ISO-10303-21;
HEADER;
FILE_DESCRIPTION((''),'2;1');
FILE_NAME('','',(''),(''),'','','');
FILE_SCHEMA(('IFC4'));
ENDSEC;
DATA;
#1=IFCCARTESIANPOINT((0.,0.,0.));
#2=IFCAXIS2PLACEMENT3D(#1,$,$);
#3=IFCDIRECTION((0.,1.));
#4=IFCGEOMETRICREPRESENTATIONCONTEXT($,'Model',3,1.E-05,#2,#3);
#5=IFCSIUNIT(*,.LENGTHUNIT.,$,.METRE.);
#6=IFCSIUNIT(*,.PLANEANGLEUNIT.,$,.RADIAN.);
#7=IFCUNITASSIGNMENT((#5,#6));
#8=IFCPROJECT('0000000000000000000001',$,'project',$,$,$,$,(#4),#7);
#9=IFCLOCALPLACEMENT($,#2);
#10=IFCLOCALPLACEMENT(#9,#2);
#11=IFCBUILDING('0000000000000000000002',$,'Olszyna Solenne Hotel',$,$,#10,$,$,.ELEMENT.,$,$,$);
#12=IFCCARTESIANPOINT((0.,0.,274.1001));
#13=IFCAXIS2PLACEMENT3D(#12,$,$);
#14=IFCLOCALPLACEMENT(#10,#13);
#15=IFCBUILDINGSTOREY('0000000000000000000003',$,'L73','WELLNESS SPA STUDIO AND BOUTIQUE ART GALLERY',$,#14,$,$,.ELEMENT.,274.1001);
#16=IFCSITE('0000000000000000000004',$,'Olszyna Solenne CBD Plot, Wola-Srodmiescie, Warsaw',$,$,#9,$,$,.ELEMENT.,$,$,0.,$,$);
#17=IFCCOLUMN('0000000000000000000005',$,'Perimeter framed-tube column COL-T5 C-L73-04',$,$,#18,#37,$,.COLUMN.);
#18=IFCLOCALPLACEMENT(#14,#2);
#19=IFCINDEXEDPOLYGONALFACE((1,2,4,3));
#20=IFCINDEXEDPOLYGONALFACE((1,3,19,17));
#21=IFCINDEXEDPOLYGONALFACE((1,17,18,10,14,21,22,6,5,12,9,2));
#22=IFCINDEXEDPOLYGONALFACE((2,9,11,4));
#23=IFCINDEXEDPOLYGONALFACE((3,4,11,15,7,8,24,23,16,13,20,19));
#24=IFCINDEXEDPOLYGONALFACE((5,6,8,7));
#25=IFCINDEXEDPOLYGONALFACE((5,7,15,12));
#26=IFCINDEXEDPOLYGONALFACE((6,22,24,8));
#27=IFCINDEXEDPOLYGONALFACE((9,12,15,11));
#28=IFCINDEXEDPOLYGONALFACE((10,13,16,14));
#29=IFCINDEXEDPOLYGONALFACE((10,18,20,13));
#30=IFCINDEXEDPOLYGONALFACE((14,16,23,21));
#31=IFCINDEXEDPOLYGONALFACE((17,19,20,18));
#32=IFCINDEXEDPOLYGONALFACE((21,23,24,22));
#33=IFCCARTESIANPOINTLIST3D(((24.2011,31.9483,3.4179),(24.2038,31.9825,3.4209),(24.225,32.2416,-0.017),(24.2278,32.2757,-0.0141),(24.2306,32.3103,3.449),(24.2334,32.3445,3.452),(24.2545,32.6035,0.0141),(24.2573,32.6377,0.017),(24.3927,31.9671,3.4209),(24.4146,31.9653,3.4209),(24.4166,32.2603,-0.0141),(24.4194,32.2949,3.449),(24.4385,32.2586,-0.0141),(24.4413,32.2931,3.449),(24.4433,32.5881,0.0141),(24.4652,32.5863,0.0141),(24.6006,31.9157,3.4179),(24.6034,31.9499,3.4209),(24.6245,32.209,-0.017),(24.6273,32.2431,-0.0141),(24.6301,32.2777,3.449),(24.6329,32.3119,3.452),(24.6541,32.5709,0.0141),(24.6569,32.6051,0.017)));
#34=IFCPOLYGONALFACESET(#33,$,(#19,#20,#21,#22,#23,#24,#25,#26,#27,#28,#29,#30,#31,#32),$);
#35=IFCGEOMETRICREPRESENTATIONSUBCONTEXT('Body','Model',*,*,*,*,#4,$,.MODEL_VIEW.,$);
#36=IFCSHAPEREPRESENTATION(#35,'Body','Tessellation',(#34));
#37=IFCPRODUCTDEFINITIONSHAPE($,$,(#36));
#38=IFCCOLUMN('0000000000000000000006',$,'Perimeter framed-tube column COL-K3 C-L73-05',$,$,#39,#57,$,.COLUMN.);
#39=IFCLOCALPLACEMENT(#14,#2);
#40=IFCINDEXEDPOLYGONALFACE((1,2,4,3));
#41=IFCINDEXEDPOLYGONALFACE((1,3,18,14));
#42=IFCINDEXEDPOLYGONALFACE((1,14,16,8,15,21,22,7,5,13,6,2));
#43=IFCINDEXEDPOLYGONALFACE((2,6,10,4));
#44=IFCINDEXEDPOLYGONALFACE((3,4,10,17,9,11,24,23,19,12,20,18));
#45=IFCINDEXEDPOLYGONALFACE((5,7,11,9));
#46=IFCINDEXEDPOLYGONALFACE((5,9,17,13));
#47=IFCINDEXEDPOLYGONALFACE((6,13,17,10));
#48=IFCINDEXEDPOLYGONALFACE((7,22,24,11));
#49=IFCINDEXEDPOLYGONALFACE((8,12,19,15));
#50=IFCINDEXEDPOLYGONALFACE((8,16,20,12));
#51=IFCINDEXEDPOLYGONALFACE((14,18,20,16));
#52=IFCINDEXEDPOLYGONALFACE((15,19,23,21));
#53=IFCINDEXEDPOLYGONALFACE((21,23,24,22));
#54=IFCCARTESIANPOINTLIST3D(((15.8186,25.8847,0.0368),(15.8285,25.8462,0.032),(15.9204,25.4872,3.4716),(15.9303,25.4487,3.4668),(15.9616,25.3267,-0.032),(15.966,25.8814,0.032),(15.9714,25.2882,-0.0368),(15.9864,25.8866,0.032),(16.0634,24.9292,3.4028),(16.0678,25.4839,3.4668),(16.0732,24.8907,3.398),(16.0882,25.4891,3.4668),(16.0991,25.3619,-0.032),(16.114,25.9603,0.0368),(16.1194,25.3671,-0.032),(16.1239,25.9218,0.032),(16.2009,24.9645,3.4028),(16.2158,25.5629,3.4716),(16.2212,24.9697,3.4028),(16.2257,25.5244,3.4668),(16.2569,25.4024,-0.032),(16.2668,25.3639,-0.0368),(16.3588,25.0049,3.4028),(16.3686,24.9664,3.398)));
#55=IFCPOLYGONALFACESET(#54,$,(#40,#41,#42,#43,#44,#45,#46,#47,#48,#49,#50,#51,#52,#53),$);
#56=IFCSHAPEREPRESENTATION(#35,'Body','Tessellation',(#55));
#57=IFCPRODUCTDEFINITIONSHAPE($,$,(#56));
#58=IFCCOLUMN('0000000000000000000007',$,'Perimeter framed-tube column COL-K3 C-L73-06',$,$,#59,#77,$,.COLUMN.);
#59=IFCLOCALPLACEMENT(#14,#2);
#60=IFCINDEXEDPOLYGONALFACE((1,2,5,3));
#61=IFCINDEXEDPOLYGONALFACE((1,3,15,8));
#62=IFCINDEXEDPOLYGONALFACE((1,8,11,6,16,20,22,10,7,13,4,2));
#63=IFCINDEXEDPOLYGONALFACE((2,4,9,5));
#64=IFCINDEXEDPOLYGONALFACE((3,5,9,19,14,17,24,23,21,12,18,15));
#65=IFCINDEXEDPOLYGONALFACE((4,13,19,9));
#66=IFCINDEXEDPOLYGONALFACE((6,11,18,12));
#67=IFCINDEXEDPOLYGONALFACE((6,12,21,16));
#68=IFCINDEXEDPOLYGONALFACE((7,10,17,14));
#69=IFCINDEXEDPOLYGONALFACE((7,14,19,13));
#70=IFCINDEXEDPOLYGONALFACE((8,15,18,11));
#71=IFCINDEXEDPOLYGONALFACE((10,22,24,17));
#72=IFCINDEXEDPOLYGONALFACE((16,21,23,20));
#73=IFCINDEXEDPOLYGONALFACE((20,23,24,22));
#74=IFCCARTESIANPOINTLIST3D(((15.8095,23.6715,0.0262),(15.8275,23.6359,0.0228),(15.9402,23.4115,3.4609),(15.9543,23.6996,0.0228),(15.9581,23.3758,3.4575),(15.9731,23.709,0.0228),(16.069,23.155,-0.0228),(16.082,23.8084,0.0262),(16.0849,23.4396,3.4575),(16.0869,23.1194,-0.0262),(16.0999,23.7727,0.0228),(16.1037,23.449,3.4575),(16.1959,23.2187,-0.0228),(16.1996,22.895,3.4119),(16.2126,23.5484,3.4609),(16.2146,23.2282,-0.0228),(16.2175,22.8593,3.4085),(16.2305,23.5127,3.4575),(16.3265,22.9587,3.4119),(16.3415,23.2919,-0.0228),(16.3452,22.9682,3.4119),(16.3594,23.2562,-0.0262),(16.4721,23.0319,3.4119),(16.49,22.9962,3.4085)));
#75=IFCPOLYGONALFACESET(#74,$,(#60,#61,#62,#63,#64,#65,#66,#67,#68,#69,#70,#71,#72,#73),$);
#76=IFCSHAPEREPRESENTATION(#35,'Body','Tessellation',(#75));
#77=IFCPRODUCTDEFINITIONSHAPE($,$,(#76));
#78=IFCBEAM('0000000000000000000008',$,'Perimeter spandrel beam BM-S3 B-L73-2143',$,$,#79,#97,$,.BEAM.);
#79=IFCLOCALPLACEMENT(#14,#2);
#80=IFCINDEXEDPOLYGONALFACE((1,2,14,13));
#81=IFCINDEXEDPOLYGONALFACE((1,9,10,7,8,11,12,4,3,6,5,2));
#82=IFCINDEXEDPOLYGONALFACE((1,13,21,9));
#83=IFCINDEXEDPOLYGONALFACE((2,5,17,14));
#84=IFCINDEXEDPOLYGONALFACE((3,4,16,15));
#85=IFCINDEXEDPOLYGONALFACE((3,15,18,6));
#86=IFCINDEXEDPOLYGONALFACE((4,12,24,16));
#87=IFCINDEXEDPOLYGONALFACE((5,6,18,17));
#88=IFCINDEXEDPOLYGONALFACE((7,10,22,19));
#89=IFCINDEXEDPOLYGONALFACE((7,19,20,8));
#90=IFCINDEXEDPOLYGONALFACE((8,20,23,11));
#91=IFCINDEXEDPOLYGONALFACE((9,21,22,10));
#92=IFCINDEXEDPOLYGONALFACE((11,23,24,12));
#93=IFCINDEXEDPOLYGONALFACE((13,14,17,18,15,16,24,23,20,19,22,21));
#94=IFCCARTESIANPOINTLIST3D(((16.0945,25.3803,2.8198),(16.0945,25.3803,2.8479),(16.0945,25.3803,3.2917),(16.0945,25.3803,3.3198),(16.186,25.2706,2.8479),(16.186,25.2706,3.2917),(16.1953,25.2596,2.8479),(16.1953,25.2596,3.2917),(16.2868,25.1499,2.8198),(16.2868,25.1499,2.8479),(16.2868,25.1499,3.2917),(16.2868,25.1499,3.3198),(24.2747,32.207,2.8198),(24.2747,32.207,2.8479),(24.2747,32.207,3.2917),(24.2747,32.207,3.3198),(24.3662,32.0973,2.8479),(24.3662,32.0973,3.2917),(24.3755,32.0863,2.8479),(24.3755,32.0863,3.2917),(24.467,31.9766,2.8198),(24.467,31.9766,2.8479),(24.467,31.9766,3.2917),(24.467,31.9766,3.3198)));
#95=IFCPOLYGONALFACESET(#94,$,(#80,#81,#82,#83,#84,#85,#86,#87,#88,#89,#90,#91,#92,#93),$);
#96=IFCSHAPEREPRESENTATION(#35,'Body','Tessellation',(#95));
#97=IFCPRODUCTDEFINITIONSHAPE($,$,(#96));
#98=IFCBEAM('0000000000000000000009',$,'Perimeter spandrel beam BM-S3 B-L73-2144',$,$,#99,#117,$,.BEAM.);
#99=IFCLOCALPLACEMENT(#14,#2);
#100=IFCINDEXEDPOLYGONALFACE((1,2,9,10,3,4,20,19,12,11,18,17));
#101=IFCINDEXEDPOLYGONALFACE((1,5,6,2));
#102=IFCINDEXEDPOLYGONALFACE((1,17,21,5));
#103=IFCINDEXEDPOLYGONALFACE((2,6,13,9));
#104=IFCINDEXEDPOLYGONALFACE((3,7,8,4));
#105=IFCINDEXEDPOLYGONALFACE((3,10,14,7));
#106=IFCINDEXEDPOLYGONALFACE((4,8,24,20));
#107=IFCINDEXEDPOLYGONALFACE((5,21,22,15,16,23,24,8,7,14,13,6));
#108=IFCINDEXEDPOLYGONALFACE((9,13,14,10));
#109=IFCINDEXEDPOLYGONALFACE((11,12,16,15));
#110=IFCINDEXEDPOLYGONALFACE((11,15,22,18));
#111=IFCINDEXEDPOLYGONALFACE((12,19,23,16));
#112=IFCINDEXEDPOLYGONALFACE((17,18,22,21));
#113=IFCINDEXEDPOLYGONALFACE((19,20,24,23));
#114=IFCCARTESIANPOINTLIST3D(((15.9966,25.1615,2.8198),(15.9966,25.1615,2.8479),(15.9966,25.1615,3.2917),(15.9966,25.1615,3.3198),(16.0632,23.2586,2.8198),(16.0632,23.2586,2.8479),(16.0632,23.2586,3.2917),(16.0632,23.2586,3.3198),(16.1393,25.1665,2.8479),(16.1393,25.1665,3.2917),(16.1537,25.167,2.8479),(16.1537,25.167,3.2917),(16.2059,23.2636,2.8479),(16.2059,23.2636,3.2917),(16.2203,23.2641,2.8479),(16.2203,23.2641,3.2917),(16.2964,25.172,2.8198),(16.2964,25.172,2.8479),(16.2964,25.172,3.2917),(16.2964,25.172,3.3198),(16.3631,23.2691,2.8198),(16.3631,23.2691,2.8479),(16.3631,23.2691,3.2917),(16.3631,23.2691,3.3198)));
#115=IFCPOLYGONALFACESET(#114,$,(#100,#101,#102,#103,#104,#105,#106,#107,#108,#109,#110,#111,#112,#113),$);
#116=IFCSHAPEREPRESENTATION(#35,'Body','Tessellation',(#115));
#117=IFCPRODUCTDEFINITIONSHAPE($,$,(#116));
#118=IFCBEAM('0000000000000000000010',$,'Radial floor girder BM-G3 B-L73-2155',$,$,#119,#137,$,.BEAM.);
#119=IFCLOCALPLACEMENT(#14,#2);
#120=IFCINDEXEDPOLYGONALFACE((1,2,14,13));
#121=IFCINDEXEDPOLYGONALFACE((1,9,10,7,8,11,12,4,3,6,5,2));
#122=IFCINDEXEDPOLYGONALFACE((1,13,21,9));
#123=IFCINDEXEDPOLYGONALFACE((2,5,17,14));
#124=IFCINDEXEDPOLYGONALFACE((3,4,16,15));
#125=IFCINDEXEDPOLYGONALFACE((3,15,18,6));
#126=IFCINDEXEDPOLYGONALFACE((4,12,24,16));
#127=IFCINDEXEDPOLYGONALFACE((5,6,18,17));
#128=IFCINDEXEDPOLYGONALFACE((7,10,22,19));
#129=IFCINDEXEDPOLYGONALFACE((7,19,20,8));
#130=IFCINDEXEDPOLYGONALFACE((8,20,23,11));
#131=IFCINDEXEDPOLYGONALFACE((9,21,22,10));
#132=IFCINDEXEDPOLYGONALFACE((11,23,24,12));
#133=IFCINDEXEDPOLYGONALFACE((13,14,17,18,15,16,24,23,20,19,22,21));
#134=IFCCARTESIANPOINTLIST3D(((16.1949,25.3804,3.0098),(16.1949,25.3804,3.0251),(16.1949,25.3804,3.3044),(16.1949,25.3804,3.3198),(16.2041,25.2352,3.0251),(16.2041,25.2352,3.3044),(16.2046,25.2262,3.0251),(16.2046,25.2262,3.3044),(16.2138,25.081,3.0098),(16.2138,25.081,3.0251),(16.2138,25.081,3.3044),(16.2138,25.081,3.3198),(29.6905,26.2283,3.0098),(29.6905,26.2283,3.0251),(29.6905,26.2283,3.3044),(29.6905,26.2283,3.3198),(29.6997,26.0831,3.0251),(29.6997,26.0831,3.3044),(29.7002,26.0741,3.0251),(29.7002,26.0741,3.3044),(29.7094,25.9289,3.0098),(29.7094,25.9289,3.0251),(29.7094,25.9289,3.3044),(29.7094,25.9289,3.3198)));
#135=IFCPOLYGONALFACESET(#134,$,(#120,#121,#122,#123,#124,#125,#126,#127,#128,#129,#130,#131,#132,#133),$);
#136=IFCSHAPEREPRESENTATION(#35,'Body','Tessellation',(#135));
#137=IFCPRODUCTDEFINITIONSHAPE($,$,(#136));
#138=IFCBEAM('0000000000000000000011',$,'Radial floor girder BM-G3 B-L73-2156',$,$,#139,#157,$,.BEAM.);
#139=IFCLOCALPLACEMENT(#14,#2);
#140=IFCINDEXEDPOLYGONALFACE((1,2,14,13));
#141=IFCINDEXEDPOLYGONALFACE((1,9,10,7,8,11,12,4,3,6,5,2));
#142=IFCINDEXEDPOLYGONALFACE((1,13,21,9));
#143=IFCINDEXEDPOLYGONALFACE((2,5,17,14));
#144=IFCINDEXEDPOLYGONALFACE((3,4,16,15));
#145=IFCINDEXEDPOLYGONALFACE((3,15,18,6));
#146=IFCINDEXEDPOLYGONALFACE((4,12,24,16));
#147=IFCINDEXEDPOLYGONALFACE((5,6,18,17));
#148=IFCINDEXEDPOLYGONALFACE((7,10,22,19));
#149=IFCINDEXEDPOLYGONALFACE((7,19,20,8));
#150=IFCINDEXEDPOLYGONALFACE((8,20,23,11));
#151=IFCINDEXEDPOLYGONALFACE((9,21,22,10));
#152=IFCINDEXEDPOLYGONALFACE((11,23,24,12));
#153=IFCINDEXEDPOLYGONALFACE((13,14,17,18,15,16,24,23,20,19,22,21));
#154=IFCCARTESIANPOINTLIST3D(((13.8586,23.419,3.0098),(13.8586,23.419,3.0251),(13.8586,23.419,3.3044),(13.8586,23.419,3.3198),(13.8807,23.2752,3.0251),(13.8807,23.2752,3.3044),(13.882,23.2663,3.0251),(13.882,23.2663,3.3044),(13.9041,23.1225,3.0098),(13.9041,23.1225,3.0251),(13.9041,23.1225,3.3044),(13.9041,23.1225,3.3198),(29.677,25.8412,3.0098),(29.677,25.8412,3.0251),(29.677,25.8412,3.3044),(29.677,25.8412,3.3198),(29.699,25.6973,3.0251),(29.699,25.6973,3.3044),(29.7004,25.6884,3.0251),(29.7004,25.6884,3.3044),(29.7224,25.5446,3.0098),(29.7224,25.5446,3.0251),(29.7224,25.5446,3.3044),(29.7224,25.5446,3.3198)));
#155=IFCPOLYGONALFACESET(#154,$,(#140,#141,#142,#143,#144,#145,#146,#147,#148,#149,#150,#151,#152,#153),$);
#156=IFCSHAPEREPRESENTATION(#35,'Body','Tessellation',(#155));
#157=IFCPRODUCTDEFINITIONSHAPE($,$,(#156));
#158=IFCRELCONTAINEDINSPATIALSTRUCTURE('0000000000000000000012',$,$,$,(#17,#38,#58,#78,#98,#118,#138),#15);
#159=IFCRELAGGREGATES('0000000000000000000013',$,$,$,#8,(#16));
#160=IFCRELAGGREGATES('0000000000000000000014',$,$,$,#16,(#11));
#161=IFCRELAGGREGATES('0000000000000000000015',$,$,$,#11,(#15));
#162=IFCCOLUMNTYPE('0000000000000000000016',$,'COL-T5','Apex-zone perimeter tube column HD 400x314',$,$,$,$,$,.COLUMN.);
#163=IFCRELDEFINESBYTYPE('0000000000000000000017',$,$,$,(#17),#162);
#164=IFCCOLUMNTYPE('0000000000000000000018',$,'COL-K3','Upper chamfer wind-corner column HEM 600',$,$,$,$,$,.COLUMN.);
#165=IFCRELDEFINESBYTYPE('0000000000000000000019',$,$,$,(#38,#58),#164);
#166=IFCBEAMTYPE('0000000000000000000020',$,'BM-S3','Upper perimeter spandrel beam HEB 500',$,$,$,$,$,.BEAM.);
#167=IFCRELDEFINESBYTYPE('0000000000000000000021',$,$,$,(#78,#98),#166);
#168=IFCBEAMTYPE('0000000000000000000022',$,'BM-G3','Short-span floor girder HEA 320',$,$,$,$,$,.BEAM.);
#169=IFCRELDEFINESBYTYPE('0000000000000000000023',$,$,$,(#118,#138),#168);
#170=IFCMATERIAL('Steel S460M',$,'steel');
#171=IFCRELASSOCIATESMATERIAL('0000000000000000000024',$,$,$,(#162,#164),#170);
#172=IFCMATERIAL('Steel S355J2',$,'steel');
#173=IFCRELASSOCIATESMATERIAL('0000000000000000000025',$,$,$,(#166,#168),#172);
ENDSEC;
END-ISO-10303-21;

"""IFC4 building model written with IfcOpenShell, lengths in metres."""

from ifc_helpers import new_model, si_unit, direction, frame, origin, origin_2d, place, context, subcontext, project, spatial, i_section, extrude, source, transform, mapped, material, material_profile, profile_set, type_object, element, save


model = new_model("IFC4")

# Units and contexts
model_context = context("Model", 3, precision=1e-05, world=origin(), true_north=direction((0.0, 1.0)))
body_context = subcontext(model_context, "Body", "Model", "MODEL_VIEW")
ifc_project = project(units=[si_unit("LENGTHUNIT", "METRE"), si_unit("PLANEANGLEUNIT", "RADIAN")], contexts=[model_context])

# Site, building, storey
site_placement = place(None, origin())
site = spatial("IfcSite", under=ifc_project, at=site_placement, Name="Olszyna Solenne CBD Plot, Wola-Srodmiescie, Warsaw", CompositionType="ELEMENT", RefElevation=0.0)
building_placement = place(site_placement, origin())
building = spatial("IfcBuilding", under=site, at=building_placement, Name="Olszyna Solenne Hotel", CompositionType="ELEMENT")
storey_placement = place(building_placement, frame((0.0, 0.0, 274.1001)))
storey = spatial("IfcBuildingStorey", under=building, at=storey_placement, Name="L73", Description="WELLNESS SPA STUDIO AND BOUTIQUE ART GALLERY", CompositionType="ELEMENT", Elevation=274.1001)

# Columns
ifc_material_1 = material(Name="Steel S460M", Category="steel")
ifc_material_profile_1 = material_profile(ifc_material_1, i_section(OverallWidth=0.4009, OverallDepth=0.3989, WebThickness=0.022, FlangeThickness=0.0344, at=origin_2d()), Name="HD 400x314", Category="load-bearing")
ifc_profile_set_1 = profile_set([ifc_material_profile_1], Name="Steel S460M")
column_type_1 = type_object("IfcColumnType", Name="COL-T5", Description="Apex-zone perimeter tube column HD 400x314", PredefinedType="COLUMN", material=ifc_profile_set_1)
shared_shape_1 = source(origin(), body_context, "Body", "SweptSolid", [
    extrude(i_section(OverallWidth=0.4009, OverallDepth=0.3989, WebThickness=0.022, FlangeThickness=0.0344, at=origin_2d()), origin(), (0.0, 0.0, 1.0), 3.4475),
])
column_1_placement = place(storey_placement, frame((24.4409, 32.4233, 0.0), z_axis=(-0.00694, -0.085054, 0.996352), x_axis=(0.996687, -0.081328, 0.0)))
element("IfcColumn", 1, at=column_1_placement, inside=storey, type_object=column_type_1, Name="Perimeter framed-tube column COL-T5 C-L73-04", PredefinedType="COLUMN", context=body_context, shape_type="MappedRepresentation", body=[
    mapped(shared_shape_1, transform((0.0, 0.0, 0.0), x_axis=(1.0, 0.0, 0.0), y_axis=(0.0, 1.0, 0.0), z_axis=(0.0, 0.0, 1.0), scale=1.0)),
])
ifc_material_profile_2 = material_profile(ifc_material_1, i_section(OverallWidth=0.3049, OverallDepth=0.6201, WebThickness=0.021, FlangeThickness=0.04, at=origin_2d()), Name="HEM 600", Category="load-bearing")
ifc_profile_set_2 = profile_set([ifc_material_profile_2], Name="Steel S460M")
column_type_2 = type_object("IfcColumnType", Name="COL-K3", Description="Upper chamfer wind-corner column HEM 600", PredefinedType="COLUMN", material=ifc_profile_set_2)
shared_shape_2 = source(origin(), body_context, "Body", "SweptSolid", [
    extrude(i_section(OverallWidth=0.3049, OverallDepth=0.6201, WebThickness=0.021, FlangeThickness=0.04, at=origin_2d()), origin(), (0.0, 0.0, 1.0), 3.4592),
])
column_2_placement = place(storey_placement, frame((16.0427, 25.6243, 0.0), z_axis=(0.02943, -0.114899, 0.992941), x_axis=(0.968726, 0.248132, 0.0)))
element("IfcColumn", 2, at=column_2_placement, inside=storey, type_object=column_type_2, Name="Perimeter framed-tube column COL-K3 C-L73-05", PredefinedType="COLUMN", context=body_context, shape_type="MappedRepresentation", body=[
    mapped(shared_shape_2, transform((0.0, 0.0, 0.0), x_axis=(1.0, 0.0, 0.0), y_axis=(0.0, 1.0, 0.0), z_axis=(0.0, 0.0, 1.0), scale=1.0)),
])
shared_shape_3 = source(origin(), body_context, "Body", "SweptSolid", [
    extrude(i_section(OverallWidth=0.3049, OverallDepth=0.6201, WebThickness=0.021, FlangeThickness=0.04, at=origin_2d()), origin(), (0.0, 0.0, 1.0), 3.447),
])
column_3_placement = place(storey_placement, frame((16.0845, 23.4639, 0.0), z_axis=(0.037891, -0.075428, 0.996431), x_axis=(0.893587, 0.448891, 0.0)))
element("IfcColumn", 3, at=column_3_placement, inside=storey, type_object=column_type_2, Name="Perimeter framed-tube column COL-K3 C-L73-06", PredefinedType="COLUMN", context=body_context, shape_type="MappedRepresentation", body=[
    mapped(shared_shape_3, transform((0.0, 0.0, 0.0), x_axis=(1.0, 0.0, 0.0), y_axis=(0.0, 1.0, 0.0), z_axis=(0.0, 0.0, 1.0), scale=1.0)),
])

# Beams
ifc_material_2 = material(Name="Steel S355J2", Category="steel")
ifc_material_profile_3 = material_profile(ifc_material_2, i_section(OverallWidth=0.3, OverallDepth=0.5, WebThickness=0.0144, FlangeThickness=0.0281, at=origin_2d()), Name="HEB 500", Category="load-bearing")
ifc_profile_set_3 = profile_set([ifc_material_profile_3], Name="Steel S355J2")
beam_type_1 = type_object("IfcBeamType", Name="BM-S3", Description="Upper perimeter spandrel beam HEB 500", PredefinedType="BEAM", material=ifc_profile_set_3)
shared_shape_4 = source(origin(), body_context, "Body", "SweptSolid", [
    extrude(i_section(OverallWidth=0.3, OverallDepth=0.5, WebThickness=0.0144, FlangeThickness=0.0281, at=origin_2d()), origin(), (0.0, 0.0, 1.0), 10.6545),
])
beam_1_placement = place(storey_placement, frame((24.3708, 32.0918, 3.0698), z_axis=(-0.767767, -0.64073, 0.0), x_axis=(0.64073, -0.767767, 0.0)))
element("IfcBeam", 4, at=beam_1_placement, inside=storey, type_object=beam_type_1, Name="Perimeter spandrel beam BM-S3 B-L73-2143", PredefinedType="BEAM", context=body_context, shape_type="MappedRepresentation", body=[
    mapped(shared_shape_4, transform((0.0, 0.0, 0.0), x_axis=(1.0, 0.0, 0.0), y_axis=(0.0, 1.0, 0.0), z_axis=(0.0, 0.0, 1.0), scale=1.0)),
])
shared_shape_5 = source(origin(), body_context, "Body", "SweptSolid", [
    extrude(i_section(OverallWidth=0.3, OverallDepth=0.5, WebThickness=0.0144, FlangeThickness=0.0281, at=origin_2d()), origin(), (0.0, 0.0, 1.0), 1.9041),
])
beam_2_placement = place(storey_placement, frame((16.1465, 25.1667, 3.0698), z_axis=(0.035005, -0.999387, 0.0), x_axis=(0.999387, 0.035005, 0.0)))
element("IfcBeam", 5, at=beam_2_placement, inside=storey, type_object=beam_type_1, Name="Perimeter spandrel beam BM-S3 B-L73-2144", PredefinedType="BEAM", context=body_context, shape_type="MappedRepresentation", body=[
    mapped(shared_shape_5, transform((0.0, 0.0, 0.0), x_axis=(1.0, 0.0, 0.0), y_axis=(0.0, 1.0, 0.0), z_axis=(0.0, 0.0, 1.0), scale=1.0)),
])
ifc_material_profile_4 = material_profile(ifc_material_2, i_section(OverallWidth=0.3, OverallDepth=0.3101, WebThickness=0.009, FlangeThickness=0.0154, at=origin_2d()), Name="HEA 320", Category="load-bearing")
ifc_profile_set_4 = profile_set([ifc_material_profile_4], Name="Steel S355J2")
beam_type_2 = type_object("IfcBeamType", Name="BM-G3", Description="Short-span floor girder HEA 320", PredefinedType="BEAM", material=ifc_profile_set_4)
shared_shape_6 = source(origin(), body_context, "Body", "SweptSolid", [
    extrude(i_section(OverallWidth=0.3, OverallDepth=0.3101, WebThickness=0.009, FlangeThickness=0.0154, at=origin_2d()), origin(), (0.0, 0.0, 1.0), 13.5222),
])
beam_3_placement = place(storey_placement, frame((16.2043, 25.2307, 3.1648), z_axis=(0.998032, 0.062704, 0.0), x_axis=(-0.062704, 0.998032, 0.0)))
element("IfcBeam", 6, at=beam_3_placement, inside=storey, type_object=beam_type_2, Name="Radial floor girder BM-G3 B-L73-2155", PredefinedType="BEAM", context=body_context, shape_type="MappedRepresentation", body=[
    mapped(shared_shape_6, transform((0.0, 0.0, 0.0), x_axis=(1.0, 0.0, 0.0), y_axis=(0.0, 1.0, 0.0), z_axis=(0.0, 0.0, 1.0), scale=1.0)),
])
shared_shape_7 = source(origin(), body_context, "Body", "SweptSolid", [
    extrude(i_section(OverallWidth=0.3, OverallDepth=0.3101, WebThickness=0.009, FlangeThickness=0.0154, at=origin_2d()), origin(), (0.0, 0.0, 1.0), 16.0027),
])
beam_4_placement = place(storey_placement, frame((13.8813, 23.2708, 3.1648), z_axis=(0.988479, 0.151357, 0.0), x_axis=(-0.151357, 0.988479, 0.0)))
element("IfcBeam", 7, at=beam_4_placement, inside=storey, type_object=beam_type_2, Name="Radial floor girder BM-G3 B-L73-2156", PredefinedType="BEAM", context=body_context, shape_type="MappedRepresentation", body=[
    mapped(shared_shape_7, transform((0.0, 0.0, 0.0), x_axis=(1.0, 0.0, 0.0), y_axis=(0.0, 1.0, 0.0), z_axis=(0.0, 0.0, 1.0), scale=1.0)),
])

save(model, "model.ifc")
